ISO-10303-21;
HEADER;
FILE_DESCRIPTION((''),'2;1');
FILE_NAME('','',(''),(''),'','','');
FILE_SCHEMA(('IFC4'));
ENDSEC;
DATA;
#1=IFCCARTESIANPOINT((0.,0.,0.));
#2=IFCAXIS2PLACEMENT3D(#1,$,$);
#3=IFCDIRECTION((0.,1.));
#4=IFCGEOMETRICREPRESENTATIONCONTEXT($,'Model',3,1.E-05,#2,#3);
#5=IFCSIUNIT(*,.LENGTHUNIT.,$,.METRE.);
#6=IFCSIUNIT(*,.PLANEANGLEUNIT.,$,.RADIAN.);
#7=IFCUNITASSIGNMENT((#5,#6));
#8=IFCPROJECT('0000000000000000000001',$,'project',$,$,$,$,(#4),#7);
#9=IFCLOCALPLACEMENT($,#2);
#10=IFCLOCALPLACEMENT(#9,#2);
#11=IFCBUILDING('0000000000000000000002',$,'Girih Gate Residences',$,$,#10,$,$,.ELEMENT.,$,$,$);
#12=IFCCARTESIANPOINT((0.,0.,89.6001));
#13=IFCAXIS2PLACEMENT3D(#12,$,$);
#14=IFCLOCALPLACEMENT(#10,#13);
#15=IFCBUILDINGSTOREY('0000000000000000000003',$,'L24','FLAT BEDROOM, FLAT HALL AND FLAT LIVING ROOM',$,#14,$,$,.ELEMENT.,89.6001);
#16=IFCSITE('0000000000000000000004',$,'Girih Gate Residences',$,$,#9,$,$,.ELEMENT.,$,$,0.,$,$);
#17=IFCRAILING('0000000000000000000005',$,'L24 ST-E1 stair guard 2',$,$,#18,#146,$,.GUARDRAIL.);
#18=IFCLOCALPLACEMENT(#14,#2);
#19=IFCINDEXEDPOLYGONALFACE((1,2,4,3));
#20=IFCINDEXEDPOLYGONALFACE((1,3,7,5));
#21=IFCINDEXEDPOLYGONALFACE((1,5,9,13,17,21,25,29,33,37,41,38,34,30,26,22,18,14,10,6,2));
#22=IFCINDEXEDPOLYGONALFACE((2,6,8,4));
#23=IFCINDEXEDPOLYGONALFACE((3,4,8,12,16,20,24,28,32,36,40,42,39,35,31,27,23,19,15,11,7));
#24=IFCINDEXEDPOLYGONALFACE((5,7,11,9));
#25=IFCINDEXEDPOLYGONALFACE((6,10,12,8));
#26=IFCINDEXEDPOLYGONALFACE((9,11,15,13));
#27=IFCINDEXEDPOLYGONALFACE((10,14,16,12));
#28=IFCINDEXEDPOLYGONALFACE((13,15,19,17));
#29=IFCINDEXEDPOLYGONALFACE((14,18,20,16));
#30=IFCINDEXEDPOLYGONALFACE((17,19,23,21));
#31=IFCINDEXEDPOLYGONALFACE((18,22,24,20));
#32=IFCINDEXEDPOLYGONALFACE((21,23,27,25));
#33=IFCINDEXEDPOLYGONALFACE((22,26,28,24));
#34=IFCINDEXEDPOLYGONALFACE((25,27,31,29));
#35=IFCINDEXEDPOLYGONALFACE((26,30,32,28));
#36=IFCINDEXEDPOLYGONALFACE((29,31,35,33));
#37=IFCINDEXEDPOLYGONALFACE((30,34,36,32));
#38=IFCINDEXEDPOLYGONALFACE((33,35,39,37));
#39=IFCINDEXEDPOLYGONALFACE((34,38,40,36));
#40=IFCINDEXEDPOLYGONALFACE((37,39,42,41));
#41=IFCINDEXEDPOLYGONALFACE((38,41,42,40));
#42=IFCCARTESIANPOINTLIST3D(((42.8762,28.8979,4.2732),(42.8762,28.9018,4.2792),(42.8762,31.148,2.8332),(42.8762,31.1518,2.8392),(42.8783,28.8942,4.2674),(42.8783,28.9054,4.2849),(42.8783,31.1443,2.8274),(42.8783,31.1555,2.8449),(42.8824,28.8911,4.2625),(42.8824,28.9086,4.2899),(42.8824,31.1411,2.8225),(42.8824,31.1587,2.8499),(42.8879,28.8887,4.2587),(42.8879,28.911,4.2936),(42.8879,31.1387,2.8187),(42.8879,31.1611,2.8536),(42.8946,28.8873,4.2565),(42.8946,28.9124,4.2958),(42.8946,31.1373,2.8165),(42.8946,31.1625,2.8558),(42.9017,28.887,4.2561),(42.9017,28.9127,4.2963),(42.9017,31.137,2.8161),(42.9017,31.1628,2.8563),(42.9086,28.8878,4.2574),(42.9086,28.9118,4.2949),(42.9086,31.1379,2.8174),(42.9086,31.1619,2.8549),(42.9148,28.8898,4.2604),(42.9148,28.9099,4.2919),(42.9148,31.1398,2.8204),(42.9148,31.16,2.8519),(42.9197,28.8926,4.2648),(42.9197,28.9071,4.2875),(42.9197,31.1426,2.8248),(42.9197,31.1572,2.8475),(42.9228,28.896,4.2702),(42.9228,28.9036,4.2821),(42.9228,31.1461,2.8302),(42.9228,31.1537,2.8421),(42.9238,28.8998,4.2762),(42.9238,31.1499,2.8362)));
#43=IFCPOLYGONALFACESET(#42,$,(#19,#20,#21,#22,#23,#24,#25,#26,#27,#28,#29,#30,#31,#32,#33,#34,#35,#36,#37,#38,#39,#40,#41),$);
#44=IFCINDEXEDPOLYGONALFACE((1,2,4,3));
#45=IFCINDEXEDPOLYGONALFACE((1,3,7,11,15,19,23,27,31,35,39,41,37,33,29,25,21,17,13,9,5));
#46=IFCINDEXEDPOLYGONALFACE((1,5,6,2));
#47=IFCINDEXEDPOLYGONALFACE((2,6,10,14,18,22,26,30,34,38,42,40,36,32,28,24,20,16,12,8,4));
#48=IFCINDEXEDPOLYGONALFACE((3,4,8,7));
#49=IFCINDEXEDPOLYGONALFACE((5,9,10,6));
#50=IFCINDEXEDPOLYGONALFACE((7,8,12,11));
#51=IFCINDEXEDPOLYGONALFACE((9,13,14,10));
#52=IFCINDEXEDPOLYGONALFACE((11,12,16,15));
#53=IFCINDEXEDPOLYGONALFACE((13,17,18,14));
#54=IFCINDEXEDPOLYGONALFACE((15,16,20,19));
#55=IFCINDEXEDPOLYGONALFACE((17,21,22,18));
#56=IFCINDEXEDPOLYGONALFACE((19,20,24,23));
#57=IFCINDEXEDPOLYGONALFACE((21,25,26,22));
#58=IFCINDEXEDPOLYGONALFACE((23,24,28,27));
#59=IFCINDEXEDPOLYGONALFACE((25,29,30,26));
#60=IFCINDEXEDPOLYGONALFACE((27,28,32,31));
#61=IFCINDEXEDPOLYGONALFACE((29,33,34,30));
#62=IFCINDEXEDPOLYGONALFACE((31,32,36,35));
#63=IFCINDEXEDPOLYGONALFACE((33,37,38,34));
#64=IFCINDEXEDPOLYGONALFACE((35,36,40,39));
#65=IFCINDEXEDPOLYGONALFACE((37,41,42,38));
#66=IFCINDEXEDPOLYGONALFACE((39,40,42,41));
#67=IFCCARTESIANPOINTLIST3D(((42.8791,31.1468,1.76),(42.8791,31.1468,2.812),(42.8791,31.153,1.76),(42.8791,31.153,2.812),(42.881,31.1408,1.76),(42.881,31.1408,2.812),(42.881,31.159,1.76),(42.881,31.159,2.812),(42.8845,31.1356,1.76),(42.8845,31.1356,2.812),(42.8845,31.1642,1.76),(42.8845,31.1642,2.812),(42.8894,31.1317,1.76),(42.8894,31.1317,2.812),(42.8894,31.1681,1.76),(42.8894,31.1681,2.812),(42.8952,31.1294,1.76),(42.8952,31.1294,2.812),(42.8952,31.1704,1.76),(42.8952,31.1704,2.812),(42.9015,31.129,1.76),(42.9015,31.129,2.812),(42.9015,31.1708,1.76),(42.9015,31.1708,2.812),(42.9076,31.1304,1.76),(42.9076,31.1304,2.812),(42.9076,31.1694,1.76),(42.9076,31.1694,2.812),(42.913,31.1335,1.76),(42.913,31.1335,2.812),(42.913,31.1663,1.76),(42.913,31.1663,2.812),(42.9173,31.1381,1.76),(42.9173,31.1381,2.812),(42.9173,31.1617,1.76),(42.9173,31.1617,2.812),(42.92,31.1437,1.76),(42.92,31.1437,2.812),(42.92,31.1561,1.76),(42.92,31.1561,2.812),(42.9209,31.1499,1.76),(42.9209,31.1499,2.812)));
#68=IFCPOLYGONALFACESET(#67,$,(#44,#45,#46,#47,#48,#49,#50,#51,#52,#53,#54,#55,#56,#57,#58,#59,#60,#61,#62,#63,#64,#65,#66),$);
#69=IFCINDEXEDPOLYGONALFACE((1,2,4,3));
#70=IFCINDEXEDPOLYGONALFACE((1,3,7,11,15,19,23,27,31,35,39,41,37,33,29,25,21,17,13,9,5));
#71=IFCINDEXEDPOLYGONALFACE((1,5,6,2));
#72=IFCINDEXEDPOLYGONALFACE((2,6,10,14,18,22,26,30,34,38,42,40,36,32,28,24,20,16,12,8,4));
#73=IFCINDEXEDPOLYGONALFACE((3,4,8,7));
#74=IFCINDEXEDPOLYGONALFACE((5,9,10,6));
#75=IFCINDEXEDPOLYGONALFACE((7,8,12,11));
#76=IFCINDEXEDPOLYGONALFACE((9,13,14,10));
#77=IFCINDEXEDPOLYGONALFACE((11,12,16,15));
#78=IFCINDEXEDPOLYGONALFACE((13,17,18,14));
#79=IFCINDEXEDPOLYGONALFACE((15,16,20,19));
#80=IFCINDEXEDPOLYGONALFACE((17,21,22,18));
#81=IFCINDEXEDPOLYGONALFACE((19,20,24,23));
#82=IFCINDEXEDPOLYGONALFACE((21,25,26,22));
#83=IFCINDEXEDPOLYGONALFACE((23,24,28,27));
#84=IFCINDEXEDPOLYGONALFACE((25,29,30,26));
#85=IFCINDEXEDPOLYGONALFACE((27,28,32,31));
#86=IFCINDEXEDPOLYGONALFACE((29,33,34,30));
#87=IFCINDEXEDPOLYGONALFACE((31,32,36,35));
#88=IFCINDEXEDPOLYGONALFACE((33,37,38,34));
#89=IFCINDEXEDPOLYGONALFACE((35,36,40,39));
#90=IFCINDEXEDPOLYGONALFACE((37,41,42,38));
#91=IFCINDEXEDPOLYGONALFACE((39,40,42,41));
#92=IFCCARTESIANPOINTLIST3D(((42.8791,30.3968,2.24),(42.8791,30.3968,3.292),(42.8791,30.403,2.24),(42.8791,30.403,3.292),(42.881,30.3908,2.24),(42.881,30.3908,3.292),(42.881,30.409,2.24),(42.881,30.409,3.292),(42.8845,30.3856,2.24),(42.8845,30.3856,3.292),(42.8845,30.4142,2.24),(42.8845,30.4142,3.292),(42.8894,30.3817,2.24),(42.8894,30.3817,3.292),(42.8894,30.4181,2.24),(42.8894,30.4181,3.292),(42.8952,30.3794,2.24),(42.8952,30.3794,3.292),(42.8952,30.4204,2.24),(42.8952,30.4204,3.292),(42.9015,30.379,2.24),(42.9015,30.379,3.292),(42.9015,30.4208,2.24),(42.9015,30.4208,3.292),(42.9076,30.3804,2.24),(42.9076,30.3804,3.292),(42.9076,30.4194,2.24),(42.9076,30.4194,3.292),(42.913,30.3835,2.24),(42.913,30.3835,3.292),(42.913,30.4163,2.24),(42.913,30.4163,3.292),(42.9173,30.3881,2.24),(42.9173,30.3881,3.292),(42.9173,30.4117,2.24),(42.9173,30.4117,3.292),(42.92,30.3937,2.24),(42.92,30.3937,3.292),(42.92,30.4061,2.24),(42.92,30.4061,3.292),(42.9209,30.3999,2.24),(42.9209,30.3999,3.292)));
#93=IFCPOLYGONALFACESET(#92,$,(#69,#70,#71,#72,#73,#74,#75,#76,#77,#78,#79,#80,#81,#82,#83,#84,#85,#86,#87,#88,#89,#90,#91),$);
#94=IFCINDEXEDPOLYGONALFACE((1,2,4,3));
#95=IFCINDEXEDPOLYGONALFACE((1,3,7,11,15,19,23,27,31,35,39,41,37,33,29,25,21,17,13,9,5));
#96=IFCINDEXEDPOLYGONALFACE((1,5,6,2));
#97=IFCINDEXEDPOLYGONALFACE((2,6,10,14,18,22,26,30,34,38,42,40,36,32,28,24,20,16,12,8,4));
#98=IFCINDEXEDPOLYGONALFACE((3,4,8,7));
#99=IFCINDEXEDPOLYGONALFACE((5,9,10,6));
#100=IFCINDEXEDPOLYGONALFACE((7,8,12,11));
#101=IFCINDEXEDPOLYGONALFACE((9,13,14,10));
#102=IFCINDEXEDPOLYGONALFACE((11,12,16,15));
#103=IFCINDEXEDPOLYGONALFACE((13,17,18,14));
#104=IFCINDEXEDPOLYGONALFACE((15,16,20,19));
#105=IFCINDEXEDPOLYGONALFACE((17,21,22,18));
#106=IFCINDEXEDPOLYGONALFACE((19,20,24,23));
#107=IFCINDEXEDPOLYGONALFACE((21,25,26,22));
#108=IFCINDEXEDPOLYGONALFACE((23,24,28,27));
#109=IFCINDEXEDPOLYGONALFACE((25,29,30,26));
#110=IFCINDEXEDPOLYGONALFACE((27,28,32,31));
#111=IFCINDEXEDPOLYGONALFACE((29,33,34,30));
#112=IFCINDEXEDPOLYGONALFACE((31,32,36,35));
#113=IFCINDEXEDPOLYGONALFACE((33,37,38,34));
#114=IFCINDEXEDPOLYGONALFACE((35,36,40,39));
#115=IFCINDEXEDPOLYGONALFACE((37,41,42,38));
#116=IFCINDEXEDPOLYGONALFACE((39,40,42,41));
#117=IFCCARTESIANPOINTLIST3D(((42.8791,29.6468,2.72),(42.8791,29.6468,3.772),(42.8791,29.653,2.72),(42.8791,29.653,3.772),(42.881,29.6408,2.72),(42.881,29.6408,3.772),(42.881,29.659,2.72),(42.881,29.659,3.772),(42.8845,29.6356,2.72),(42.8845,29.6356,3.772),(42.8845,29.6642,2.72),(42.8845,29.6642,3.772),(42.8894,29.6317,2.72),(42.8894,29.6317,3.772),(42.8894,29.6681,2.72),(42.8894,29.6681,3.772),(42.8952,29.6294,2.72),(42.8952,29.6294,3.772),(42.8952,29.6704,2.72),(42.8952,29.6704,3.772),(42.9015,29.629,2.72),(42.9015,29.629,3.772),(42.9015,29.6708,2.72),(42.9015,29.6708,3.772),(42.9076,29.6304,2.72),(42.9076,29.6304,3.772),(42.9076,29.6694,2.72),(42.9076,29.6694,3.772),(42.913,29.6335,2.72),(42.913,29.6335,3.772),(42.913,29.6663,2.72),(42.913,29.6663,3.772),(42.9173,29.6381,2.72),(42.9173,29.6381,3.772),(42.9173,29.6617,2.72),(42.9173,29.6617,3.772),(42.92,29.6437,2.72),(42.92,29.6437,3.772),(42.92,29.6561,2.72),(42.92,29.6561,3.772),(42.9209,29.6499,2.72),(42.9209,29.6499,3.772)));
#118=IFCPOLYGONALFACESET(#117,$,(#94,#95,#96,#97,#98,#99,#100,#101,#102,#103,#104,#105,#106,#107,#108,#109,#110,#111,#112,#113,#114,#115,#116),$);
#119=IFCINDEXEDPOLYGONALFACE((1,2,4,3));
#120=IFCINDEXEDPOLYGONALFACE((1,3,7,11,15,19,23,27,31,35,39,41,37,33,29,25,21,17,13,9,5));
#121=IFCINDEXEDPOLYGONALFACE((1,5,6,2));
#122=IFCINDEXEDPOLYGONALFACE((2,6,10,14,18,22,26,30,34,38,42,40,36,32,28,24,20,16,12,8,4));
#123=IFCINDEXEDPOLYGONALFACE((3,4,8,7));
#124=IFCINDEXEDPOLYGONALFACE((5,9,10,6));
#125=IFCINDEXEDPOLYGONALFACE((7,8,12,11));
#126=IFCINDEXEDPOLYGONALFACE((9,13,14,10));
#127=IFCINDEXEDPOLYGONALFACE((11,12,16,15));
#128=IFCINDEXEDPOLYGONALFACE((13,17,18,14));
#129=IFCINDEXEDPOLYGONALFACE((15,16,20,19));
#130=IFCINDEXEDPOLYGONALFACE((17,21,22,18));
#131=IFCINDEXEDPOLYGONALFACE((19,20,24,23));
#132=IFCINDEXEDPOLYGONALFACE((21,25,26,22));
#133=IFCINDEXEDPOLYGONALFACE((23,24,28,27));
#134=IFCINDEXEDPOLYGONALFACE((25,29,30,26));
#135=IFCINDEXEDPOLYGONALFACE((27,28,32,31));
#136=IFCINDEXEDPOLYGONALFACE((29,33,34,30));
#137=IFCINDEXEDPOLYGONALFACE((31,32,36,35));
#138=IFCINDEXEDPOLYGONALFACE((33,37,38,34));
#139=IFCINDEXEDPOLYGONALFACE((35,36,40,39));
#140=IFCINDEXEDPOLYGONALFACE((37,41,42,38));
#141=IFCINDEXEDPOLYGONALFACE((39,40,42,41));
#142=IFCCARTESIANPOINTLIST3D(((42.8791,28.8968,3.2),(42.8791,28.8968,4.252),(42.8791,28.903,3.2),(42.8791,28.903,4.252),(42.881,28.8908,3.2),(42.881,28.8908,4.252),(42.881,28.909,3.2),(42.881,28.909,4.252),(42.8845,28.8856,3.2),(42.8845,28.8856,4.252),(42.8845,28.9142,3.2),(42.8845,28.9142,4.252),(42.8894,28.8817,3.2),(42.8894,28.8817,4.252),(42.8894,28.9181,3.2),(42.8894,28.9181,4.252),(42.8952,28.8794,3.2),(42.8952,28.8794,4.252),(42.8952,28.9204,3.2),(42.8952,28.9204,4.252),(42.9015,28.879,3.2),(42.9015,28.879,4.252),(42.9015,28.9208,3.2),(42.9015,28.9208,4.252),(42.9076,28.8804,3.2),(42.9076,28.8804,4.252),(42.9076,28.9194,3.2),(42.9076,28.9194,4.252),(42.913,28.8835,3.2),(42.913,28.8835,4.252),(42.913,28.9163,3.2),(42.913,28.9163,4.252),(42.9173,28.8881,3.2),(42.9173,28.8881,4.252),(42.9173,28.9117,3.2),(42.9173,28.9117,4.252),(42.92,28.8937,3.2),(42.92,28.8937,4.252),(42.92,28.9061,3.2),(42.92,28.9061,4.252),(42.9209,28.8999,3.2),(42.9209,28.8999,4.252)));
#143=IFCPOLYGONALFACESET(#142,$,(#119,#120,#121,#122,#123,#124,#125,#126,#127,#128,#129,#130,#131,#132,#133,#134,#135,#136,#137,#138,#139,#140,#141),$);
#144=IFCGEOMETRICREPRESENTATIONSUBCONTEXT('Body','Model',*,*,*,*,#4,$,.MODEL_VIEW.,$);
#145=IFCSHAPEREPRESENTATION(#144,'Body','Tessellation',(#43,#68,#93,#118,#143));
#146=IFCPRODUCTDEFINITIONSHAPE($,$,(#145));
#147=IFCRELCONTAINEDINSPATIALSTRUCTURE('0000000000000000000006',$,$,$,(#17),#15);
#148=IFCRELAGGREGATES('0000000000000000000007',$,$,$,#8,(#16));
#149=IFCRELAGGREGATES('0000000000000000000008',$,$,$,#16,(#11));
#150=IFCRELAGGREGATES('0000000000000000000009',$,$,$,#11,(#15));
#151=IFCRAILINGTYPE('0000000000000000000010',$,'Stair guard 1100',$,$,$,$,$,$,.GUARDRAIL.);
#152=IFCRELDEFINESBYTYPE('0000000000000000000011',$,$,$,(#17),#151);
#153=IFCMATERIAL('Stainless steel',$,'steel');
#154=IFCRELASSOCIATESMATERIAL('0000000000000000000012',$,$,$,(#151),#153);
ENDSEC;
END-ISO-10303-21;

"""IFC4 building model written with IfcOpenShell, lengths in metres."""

from ifc_helpers import new_model, si_unit, direction, frame, origin, origin_2d, place, context, subcontext, project, spatial, circle, extrude, material, type_object, element, save


model = new_model("IFC4")

# Units and contexts
model_context = context("Model", 3, precision=1e-05, world=origin(), true_north=direction((0.0, 1.0)))
body_context = subcontext(model_context, "Body", "Model", "MODEL_VIEW")
ifc_project = project(units=[si_unit("LENGTHUNIT", "METRE"), si_unit("PLANEANGLEUNIT", "RADIAN")], contexts=[model_context])

# Site, building, storey
site_placement = place(None, origin())
site = spatial("IfcSite", under=ifc_project, at=site_placement, Name="Girih Gate Residences", CompositionType="ELEMENT", RefElevation=0.0)
building_placement = place(site_placement, origin())
building = spatial("IfcBuilding", under=site, at=building_placement, Name="Girih Gate Residences", CompositionType="ELEMENT")
storey_placement = place(building_placement, frame((0.0, 0.0, 89.6001)))
storey = spatial("IfcBuildingStorey", under=building, at=storey_placement, Name="L24", Description="FLAT BEDROOM, FLAT HALL AND FLAT LIVING ROOM", CompositionType="ELEMENT", Elevation=89.6001)

# Railing
ifc_material_1 = material(Name="Stainless steel", Category="steel")
railing_type_1 = type_object("IfcRailingType", Name="Stair guard 1100", PredefinedType="GUARDRAIL", material=ifc_material_1)
railing_1_placement = place(storey_placement, frame((42.8999, 31.1499, 1.76)))
element("IfcRailing", 1, at=railing_1_placement, inside=storey, type_object=railing_type_1, Name="L24 ST-E1 stair guard 2", PredefinedType="GUARDRAIL", context=body_context, shape_type="SweptSolid", body=[
    extrude(circle(Radius=0.0239, at=origin_2d()), frame((0.0, 0.0, 1.0762), z_axis=(0.0, -0.842281, 0.539038), x_axis=(1.0, 0.0, 0.0)), (0.0, 0.0, 1.0), 2.6714),
    extrude(circle(Radius=0.021, at=origin_2d()), origin(), (0.0, 0.0, 1.0), 1.052),
    extrude(circle(Radius=0.021, at=origin_2d()), frame((0.0, -0.75, 0.48)), (0.0, 0.0, 1.0), 1.052),
    extrude(circle(Radius=0.021, at=origin_2d()), frame((0.0, -1.5, 0.96)), (0.0, 0.0, 1.0), 1.052),
    extrude(circle(Radius=0.021, at=origin_2d()), frame((0.0, -2.25, 1.4399)), (0.0, 0.0, 1.0), 1.052),
])

save(model, "model.ifc")
